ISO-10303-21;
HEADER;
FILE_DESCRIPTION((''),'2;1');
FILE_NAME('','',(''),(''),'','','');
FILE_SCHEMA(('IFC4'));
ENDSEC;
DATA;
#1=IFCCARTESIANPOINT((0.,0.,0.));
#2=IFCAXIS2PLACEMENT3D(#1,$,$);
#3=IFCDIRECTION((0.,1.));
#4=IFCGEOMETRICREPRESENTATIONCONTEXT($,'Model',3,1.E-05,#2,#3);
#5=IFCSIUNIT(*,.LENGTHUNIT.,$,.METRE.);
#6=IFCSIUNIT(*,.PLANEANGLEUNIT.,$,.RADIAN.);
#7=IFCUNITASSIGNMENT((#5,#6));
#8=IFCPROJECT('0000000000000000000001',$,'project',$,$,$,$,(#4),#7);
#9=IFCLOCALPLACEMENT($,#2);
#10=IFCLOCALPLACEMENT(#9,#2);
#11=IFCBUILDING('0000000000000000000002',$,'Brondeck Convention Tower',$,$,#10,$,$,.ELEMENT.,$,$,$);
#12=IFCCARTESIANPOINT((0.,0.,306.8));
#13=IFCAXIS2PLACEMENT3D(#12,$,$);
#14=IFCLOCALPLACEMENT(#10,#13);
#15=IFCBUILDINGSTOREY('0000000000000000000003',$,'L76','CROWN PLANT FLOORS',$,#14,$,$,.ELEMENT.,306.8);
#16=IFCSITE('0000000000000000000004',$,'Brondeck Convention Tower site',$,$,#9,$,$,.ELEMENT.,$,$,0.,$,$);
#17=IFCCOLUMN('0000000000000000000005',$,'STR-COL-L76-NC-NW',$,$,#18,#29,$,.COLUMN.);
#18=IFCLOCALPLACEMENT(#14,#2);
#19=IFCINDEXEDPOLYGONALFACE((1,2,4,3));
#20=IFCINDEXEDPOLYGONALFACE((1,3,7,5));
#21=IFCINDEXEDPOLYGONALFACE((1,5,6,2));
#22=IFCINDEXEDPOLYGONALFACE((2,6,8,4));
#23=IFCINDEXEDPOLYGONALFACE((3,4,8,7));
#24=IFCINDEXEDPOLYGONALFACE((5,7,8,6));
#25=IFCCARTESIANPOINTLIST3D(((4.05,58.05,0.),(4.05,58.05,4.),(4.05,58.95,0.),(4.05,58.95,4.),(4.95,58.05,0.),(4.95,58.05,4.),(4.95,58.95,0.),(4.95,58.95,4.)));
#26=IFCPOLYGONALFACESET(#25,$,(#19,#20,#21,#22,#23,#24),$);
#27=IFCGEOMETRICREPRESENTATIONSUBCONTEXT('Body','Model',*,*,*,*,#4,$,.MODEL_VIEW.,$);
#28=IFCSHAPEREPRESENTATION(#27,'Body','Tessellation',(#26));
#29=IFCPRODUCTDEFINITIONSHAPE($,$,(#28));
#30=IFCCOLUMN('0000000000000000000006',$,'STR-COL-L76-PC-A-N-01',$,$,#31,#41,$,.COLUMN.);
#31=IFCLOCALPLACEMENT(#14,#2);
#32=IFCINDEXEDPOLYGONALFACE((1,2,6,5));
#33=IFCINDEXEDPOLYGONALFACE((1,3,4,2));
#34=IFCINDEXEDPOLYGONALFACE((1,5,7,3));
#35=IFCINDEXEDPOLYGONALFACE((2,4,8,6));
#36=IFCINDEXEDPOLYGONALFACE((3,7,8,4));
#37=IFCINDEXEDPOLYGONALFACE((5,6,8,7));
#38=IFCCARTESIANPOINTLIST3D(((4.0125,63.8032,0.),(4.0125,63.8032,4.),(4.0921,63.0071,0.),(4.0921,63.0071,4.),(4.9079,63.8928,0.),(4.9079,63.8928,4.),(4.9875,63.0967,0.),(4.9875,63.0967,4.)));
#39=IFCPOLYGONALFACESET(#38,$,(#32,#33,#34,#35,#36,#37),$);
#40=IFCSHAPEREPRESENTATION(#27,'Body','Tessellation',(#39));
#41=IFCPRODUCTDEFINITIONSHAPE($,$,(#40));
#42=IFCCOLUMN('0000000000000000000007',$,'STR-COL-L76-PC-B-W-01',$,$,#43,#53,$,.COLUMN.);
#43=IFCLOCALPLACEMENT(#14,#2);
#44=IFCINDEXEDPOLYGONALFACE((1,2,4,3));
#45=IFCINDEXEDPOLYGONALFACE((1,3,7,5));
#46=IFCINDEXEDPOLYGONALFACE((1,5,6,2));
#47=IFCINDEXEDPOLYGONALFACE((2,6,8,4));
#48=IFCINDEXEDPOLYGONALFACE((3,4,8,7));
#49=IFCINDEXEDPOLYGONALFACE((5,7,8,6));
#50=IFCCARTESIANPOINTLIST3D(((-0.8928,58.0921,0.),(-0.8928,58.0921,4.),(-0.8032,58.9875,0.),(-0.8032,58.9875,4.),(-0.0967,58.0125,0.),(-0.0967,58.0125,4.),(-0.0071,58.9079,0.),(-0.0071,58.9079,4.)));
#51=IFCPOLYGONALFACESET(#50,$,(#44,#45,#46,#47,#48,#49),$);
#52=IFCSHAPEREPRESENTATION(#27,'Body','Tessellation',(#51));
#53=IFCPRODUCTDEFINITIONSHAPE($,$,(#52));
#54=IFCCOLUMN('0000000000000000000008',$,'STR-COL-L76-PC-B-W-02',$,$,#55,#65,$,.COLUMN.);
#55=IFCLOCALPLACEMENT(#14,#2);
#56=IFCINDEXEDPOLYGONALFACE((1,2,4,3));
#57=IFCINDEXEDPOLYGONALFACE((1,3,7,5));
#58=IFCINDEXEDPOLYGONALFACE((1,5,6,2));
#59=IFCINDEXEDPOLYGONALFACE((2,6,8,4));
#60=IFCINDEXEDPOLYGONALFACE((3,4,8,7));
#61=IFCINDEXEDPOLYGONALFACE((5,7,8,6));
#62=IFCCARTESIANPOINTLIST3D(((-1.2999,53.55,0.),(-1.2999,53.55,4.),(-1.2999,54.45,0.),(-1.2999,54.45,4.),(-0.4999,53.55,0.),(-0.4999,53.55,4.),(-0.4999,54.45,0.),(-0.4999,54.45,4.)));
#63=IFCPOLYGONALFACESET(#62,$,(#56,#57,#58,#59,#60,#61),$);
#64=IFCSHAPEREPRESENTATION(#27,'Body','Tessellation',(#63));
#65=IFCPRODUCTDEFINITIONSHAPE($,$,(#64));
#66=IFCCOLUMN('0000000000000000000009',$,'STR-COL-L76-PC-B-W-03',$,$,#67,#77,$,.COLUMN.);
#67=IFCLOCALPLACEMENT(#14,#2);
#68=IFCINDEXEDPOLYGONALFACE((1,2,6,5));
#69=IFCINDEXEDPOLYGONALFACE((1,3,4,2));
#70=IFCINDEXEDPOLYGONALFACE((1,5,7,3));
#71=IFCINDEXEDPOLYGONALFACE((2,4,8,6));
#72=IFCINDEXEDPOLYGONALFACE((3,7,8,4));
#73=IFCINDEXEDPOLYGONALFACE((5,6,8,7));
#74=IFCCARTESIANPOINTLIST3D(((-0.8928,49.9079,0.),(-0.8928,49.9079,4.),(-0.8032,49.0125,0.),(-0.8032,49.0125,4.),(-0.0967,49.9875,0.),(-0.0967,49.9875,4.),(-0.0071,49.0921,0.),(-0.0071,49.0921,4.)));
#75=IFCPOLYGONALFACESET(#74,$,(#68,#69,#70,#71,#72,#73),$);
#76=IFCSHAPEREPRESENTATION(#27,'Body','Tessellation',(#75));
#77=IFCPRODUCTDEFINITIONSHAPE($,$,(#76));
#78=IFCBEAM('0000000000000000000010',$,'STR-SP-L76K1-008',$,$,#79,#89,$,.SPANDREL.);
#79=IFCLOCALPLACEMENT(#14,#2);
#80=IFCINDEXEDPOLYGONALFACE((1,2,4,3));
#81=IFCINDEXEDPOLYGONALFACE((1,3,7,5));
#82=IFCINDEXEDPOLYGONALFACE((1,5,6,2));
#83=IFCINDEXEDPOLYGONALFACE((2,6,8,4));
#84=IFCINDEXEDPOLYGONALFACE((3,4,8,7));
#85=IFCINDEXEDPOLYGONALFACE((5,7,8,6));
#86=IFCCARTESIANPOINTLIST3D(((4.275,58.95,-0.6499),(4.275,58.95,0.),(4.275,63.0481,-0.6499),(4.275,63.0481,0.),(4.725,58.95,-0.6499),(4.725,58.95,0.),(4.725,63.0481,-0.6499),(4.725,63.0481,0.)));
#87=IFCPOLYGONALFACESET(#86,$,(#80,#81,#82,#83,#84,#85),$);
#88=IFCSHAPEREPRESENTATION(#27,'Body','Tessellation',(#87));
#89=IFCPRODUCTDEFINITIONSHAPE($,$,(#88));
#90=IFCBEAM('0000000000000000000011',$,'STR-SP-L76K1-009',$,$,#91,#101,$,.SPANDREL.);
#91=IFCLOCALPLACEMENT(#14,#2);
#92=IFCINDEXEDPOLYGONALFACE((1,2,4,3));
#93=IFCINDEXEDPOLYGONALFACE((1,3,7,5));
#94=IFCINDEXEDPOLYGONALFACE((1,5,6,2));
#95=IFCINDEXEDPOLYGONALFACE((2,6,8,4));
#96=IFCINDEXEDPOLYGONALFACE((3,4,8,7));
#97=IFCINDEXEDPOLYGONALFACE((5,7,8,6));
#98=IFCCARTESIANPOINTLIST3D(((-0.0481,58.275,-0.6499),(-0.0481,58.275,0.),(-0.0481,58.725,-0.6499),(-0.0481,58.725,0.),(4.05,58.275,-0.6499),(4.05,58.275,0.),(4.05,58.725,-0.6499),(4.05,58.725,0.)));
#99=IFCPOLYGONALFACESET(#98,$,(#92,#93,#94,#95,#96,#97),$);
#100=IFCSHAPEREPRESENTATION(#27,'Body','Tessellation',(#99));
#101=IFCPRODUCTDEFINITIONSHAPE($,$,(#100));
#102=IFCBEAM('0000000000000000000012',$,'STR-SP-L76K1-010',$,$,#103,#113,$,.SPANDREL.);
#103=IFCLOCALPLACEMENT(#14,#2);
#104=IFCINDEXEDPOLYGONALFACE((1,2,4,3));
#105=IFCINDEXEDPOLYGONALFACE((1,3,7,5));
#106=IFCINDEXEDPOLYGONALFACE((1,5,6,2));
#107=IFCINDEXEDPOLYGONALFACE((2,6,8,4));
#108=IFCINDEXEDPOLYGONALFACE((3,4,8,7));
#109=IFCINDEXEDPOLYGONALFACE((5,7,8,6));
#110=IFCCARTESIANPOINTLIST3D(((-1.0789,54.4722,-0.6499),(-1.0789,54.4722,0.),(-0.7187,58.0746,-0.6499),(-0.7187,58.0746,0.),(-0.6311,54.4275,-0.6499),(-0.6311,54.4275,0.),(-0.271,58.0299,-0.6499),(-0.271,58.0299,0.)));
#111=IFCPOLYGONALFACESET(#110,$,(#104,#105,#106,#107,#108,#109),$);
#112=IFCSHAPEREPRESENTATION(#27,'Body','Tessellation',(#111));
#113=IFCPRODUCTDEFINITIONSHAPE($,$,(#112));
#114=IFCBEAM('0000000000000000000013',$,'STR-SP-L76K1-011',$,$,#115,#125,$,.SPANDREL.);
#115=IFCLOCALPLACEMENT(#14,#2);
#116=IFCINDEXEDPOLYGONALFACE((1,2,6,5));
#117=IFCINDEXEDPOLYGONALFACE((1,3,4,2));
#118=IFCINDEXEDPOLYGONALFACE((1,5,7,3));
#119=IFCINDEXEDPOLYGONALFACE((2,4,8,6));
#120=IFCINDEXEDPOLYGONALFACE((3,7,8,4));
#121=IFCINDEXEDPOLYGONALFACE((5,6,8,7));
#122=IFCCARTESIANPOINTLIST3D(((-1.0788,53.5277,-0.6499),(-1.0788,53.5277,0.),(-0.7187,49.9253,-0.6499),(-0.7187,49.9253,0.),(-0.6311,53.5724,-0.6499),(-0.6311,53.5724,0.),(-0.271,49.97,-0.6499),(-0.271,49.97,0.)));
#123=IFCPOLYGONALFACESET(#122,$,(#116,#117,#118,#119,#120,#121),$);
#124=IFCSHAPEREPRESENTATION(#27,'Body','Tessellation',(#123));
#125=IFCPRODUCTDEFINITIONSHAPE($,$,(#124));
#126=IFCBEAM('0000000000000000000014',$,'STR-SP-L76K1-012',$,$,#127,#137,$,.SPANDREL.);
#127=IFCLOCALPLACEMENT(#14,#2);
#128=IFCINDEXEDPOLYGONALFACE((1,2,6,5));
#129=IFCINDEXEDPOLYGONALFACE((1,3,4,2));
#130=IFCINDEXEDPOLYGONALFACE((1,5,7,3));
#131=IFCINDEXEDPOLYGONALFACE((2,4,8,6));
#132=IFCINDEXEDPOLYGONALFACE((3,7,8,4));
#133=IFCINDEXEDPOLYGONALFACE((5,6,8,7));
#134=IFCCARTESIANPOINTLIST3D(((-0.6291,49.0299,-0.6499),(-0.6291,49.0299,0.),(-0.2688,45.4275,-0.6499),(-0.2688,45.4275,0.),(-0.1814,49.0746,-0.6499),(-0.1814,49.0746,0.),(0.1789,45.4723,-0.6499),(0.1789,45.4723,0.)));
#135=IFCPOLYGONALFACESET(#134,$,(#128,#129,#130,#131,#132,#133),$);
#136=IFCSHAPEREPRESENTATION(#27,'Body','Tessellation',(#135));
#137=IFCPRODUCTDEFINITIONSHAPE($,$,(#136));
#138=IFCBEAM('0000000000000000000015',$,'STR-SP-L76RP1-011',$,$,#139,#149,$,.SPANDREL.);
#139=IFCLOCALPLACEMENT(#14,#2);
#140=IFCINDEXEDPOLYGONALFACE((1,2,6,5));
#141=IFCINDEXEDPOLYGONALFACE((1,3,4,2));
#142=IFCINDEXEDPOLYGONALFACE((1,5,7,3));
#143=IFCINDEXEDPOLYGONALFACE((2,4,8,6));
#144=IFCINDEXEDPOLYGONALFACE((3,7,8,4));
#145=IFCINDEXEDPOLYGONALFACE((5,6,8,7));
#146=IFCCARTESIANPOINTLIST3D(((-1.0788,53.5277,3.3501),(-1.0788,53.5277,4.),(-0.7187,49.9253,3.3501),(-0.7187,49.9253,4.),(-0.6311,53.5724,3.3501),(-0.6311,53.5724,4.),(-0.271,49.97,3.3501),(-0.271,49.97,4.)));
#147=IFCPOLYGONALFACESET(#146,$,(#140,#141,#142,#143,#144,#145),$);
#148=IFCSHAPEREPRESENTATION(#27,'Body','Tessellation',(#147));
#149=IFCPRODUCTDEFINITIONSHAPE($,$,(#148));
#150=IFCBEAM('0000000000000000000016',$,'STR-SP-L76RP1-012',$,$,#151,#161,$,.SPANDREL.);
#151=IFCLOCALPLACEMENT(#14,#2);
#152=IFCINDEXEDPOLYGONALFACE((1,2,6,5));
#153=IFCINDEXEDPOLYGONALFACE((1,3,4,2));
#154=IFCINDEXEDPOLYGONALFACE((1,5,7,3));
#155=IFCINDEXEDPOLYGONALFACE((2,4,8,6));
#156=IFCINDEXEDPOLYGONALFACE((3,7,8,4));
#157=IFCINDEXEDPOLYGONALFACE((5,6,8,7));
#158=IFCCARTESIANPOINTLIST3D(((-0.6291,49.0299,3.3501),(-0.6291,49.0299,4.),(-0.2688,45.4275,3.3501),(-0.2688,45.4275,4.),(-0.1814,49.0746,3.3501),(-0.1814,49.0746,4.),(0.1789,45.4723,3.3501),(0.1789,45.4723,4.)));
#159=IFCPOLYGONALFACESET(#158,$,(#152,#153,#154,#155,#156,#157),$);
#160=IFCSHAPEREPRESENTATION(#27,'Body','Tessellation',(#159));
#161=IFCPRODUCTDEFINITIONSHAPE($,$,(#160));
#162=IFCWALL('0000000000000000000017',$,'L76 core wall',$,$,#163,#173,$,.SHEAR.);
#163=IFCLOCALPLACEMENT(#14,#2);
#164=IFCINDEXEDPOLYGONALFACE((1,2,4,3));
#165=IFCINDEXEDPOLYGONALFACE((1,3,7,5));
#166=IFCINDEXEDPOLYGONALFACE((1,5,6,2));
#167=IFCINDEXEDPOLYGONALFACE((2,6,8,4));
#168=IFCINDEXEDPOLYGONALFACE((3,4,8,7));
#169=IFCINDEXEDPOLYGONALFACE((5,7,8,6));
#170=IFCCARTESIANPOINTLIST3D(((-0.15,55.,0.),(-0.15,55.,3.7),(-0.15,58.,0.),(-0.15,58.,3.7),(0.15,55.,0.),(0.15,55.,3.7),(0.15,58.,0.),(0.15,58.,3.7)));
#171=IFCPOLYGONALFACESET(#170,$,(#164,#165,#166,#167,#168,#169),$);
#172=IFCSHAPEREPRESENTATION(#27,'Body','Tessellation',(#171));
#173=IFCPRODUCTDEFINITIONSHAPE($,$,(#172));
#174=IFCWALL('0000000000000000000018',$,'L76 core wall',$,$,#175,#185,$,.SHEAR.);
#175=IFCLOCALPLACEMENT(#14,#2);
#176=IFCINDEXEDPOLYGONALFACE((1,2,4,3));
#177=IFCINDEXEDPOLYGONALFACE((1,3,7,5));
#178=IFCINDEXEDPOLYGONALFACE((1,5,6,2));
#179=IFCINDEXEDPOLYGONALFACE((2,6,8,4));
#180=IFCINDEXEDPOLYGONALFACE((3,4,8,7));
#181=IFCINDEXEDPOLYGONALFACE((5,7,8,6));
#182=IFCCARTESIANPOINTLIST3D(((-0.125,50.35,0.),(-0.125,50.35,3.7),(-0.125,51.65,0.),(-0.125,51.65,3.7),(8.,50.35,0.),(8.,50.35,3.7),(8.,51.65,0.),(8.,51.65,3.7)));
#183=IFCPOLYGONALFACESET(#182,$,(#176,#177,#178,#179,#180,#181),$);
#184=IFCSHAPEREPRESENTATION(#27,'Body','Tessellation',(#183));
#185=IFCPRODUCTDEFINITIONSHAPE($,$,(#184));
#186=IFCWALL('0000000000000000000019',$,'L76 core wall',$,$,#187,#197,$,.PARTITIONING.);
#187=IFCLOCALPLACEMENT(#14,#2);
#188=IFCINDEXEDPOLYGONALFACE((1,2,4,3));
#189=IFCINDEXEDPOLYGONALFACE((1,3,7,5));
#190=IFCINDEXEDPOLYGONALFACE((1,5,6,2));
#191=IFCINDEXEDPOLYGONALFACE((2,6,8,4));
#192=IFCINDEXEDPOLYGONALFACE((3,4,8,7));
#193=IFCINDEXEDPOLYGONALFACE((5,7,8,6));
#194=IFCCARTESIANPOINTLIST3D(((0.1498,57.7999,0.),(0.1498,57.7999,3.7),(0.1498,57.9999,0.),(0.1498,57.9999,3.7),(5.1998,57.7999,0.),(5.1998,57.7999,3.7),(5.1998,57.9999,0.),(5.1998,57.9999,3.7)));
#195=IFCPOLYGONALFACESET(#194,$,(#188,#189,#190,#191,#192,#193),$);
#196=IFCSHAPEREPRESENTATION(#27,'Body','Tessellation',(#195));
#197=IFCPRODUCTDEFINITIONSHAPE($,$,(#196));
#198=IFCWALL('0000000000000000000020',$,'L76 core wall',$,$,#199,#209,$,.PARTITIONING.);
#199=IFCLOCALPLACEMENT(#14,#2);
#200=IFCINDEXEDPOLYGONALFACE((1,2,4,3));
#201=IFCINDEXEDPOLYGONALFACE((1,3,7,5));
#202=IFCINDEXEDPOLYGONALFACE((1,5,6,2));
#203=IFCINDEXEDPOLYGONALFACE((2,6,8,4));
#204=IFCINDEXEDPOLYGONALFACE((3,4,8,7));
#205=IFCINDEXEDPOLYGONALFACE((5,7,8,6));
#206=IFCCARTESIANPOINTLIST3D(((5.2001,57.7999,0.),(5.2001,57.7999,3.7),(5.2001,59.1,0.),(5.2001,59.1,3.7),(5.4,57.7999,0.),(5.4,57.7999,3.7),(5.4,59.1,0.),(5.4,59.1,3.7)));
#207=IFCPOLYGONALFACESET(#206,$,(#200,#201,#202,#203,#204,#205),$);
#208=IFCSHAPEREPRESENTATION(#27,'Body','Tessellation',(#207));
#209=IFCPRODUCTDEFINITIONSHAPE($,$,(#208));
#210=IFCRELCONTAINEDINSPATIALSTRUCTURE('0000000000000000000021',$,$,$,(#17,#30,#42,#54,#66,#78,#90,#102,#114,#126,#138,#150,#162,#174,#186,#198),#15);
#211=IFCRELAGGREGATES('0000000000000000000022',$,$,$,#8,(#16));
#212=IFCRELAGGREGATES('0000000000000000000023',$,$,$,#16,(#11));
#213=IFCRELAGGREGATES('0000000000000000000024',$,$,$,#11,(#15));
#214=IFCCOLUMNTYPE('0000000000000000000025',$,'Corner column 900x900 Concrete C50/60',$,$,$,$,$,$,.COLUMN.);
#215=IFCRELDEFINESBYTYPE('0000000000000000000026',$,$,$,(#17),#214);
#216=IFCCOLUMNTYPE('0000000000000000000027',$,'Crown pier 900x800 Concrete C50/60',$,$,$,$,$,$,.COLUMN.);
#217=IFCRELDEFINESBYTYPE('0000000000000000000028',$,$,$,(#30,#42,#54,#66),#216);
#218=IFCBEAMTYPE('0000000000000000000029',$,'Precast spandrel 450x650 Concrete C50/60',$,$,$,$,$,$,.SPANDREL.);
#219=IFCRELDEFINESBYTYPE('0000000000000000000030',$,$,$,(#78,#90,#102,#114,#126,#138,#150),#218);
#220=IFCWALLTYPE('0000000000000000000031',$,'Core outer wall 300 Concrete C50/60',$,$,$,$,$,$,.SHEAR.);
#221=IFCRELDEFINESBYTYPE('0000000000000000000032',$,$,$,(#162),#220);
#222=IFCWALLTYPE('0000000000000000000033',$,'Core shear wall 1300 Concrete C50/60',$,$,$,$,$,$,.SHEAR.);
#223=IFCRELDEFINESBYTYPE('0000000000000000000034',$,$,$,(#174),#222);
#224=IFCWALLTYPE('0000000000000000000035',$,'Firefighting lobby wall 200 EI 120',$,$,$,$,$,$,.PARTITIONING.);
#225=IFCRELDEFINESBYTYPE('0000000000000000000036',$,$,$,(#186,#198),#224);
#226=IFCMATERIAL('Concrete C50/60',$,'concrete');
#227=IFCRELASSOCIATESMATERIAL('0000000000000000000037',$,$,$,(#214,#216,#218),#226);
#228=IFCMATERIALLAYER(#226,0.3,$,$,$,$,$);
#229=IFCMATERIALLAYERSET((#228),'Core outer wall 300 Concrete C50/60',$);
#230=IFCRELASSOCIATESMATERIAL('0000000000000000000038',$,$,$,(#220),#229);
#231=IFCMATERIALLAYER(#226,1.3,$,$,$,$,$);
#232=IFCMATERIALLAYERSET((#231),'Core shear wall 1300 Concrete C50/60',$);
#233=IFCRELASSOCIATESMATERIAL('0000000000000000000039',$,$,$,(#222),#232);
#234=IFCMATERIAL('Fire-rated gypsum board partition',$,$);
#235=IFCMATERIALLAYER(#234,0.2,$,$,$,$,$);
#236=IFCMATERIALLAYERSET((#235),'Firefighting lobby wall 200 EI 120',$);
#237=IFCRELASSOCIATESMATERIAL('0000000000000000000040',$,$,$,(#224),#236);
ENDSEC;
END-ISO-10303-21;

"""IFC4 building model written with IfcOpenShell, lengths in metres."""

from ifc_helpers import new_model, si_unit, direction, frame, frame_2d, origin, origin_2d, place, context, subcontext, project, spatial, rectangle, extrude, material, layer, layer_set, material_profile, profile_set, type_object, element, save


model = new_model("IFC4")

# Units and contexts
model_context = context("Model", 3, precision=1e-05, world=origin(), true_north=direction((0.0, 1.0)))
body_context = subcontext(model_context, "Body", "Model", "MODEL_VIEW")
ifc_project = project(units=[si_unit("LENGTHUNIT", "METRE"), si_unit("PLANEANGLEUNIT", "RADIAN")], contexts=[model_context])

# Site, building, storey
site_placement = place(None, origin())
site = spatial("IfcSite", under=ifc_project, at=site_placement, Name="Brondeck Convention Tower site", CompositionType="ELEMENT", RefElevation=0.0)
building_placement = place(site_placement, origin())
building = spatial("IfcBuilding", under=site, at=building_placement, Name="Brondeck Convention Tower", CompositionType="ELEMENT")
storey_placement = place(building_placement, frame((0.0, 0.0, 306.8)))
storey = spatial("IfcBuildingStorey", under=building, at=storey_placement, Name="L76", Description="CROWN PLANT FLOORS", CompositionType="ELEMENT", Elevation=306.8)

# Columns
ifc_material_1 = material(Name="Concrete C50/60", Category="concrete")
ifc_material_profile_1 = material_profile(ifc_material_1, rectangle(XDim=0.8999, YDim=0.8999, at=origin_2d()), Name="Corner column 900x900 Concrete C50/60")
ifc_profile_set_1 = profile_set([ifc_material_profile_1], Name="Concrete C50/60")
column_type_1 = type_object("IfcColumnType", Name="Corner column 900x900 Concrete C50/60", PredefinedType="COLUMN", material=ifc_profile_set_1)
column_placement = place(storey_placement, frame((4.5, 58.5, 0.0), z_axis=(0.0, 0.0, 1.0), x_axis=(1.0, 0.0, 0.0)))
element("IfcColumn", 1, at=column_placement, inside=storey, type_object=column_type_1, Name="STR-COL-L76-NC-NW", PredefinedType="COLUMN", context=body_context, shape_type="SweptSolid", body=[
    extrude(rectangle(XDim=0.8999, YDim=0.8999, at=origin_2d()), origin(), (0.0, 0.0, 1.0), 4.0),
])
ifc_material_profile_2 = material_profile(ifc_material_1, rectangle(XDim=0.8999, YDim=0.8, at=origin_2d()), Name="Crown pier 900x800 Concrete C50/60")
ifc_profile_set_2 = profile_set([ifc_material_profile_2], Name="Concrete C50/60")
column_type_2 = type_object("IfcColumnType", Name="Crown pier 900x800 Concrete C50/60", PredefinedType="COLUMN", material=ifc_profile_set_2)
for number, where, z_axis, x_axis, name in (
    (2, (4.5, 63.45, 0.0), (0.0, 0.0, 1.0), (-0.995037, -0.099504, 0.0), "STR-COL-L76-PC-A-N-01"),
    (3, (-0.45, 58.5, 0.0), (0.0, 0.0, 1.0), (-0.099504, -0.995037, 0.0), "STR-COL-L76-PC-B-W-01"),
    (4, (-0.8999, 54.0, 0.0), (0.0, 0.0, 1.0), (0.0, -1.0, 0.0), "STR-COL-L76-PC-B-W-02"),
    (5, (-0.45, 49.5, 0.0), (0.0, 0.0, 1.0), (0.099504, -0.995037, 0.0), "STR-COL-L76-PC-B-W-03"),
):
    element("IfcColumn", number, at=place(storey_placement, frame(where, z_axis=z_axis, x_axis=x_axis)), inside=storey, type_object=column_type_2, Name=name, PredefinedType="COLUMN", context=body_context, shape_type="SweptSolid", body=[
        extrude(rectangle(XDim=0.8999, YDim=0.8, at=origin_2d()), origin(), (0.0, 0.0, 1.0), 4.0),
    ])

# Beams
ifc_material_profile_3 = material_profile(ifc_material_1, rectangle(XDim=0.45, YDim=0.6499, at=origin_2d()), Name="Precast spandrel 450x650 Concrete C50/60")
ifc_profile_set_3 = profile_set([ifc_material_profile_3], Name="Concrete C50/60")
beam_type = type_object("IfcBeamType", Name="Precast spandrel 450x650 Concrete C50/60", PredefinedType="SPANDREL", material=ifc_profile_set_3)
for number, where, z_axis, x_axis, name in (
    (6, (4.5, 63.0481, -0.325), (0.0, -1.0, 0.0), (1.0, 0.0, 0.0), "STR-SP-L76K1-008"),
    (7, (4.05, 58.5, -0.325), (-1.0, 0.0, 0.0), (0.0, -1.0, 0.0), "STR-SP-L76K1-009"),
):
    element("IfcBeam", number, at=place(storey_placement, frame(where, z_axis=z_axis, x_axis=x_axis)), inside=storey, type_object=beam_type, Name=name, PredefinedType="SPANDREL", context=body_context, shape_type="SweptSolid", body=[
        extrude(rectangle(XDim=0.45, YDim=0.6499, at=origin_2d()), origin(), (0.0, 0.0, 1.0), 4.0981),
    ])
for number, where, z_axis, x_axis, name in (
    (8, (-0.4949, 58.0522, -0.325), (-0.09947, -0.995041, 0.0), (0.995041, -0.09947, 0.0), "STR-SP-L76K1-010"),
    (9, (-0.855, 53.55, -0.325), (0.09947, -0.995041, 0.0), (0.995041, 0.09947, 0.0), "STR-SP-L76K1-011"),
    (10, (-0.4053, 49.0522, -0.325), (0.099537, -0.995034, 0.0), (0.995034, 0.099537, 0.0), "STR-SP-L76K1-012"),
    (11, (-0.855, 53.55, 3.675), (0.09947, -0.995041, 0.0), (0.995041, 0.09947, 0.0), "STR-SP-L76RP1-011"),
    (12, (-0.4053, 49.0522, 3.675), (0.099537, -0.995034, 0.0), (0.995034, 0.099537, 0.0), "STR-SP-L76RP1-012"),
):
    element("IfcBeam", number, at=place(storey_placement, frame(where, z_axis=z_axis, x_axis=x_axis)), inside=storey, type_object=beam_type, Name=name, PredefinedType="SPANDREL", context=body_context, shape_type="SweptSolid", body=[
        extrude(rectangle(XDim=0.45, YDim=0.6499, at=origin_2d()), origin(), (0.0, 0.0, 1.0), 3.6204),
    ])

# Walls
ifc_layer_1 = layer(ifc_material_1, 0.3)
ifc_layer_set_1 = layer_set([ifc_layer_1], Name="Core outer wall 300 Concrete C50/60")
wall_type_1 = type_object("IfcWallType", Name="Core outer wall 300 Concrete C50/60", PredefinedType="SHEAR", material=ifc_layer_set_1)
wall_1_placement = place(storey_placement, frame((0.0, 55.0, 0.0), z_axis=(0.0, 0.0, 1.0), x_axis=(0.0, 1.0, 0.0)))
element("IfcWall", 13, at=wall_1_placement, inside=storey, type_object=wall_type_1, Name="L76 core wall", PredefinedType="SHEAR", context=body_context, shape_type="SweptSolid", body=[
    extrude(rectangle(XDim=3.0, YDim=0.3, at=frame_2d((1.5, 0.0))), origin(), (0.0, 0.0, 1.0), 3.7),
])
ifc_layer_2 = layer(ifc_material_1, 1.3)
ifc_layer_set_2 = layer_set([ifc_layer_2], Name="Core shear wall 1300 Concrete C50/60")
wall_type_2 = type_object("IfcWallType", Name="Core shear wall 1300 Concrete C50/60", PredefinedType="SHEAR", material=ifc_layer_set_2)
wall_2_placement = place(storey_placement, frame((-0.125, 51.0, 0.0), z_axis=(0.0, 0.0, 1.0), x_axis=(1.0, 0.0, 0.0)))
element("IfcWall", 14, at=wall_2_placement, inside=storey, type_object=wall_type_2, Name="L76 core wall", PredefinedType="SHEAR", context=body_context, shape_type="SweptSolid", body=[
    extrude(rectangle(XDim=8.125, YDim=1.3, at=frame_2d((4.0625, 0.0))), origin(), (0.0, 0.0, 1.0), 3.7),
])
ifc_material_2 = material(Name="Fire-rated gypsum board partition")
ifc_layer_3 = layer(ifc_material_2, 0.2)
ifc_layer_set_3 = layer_set([ifc_layer_3], Name="Firefighting lobby wall 200 EI 120")
wall_type_3 = type_object("IfcWallType", Name="Firefighting lobby wall 200 EI 120", PredefinedType="PARTITIONING", material=ifc_layer_set_3)
wall_3_placement = place(storey_placement, frame((0.1499, 57.8999, 0.0), z_axis=(0.0, 0.0, 1.0), x_axis=(1.0, 0.0, 0.0)))
element("IfcWall", 15, at=wall_3_placement, inside=storey, type_object=wall_type_3, Name="L76 core wall", PredefinedType="PARTITIONING", context=body_context, shape_type="SweptSolid", body=[
    extrude(rectangle(XDim=5.05, YDim=0.2, at=frame_2d((2.5249, 0.0))), origin(), (0.0, 0.0, 1.0), 3.7),
])
wall_4_placement = place(storey_placement, frame((5.3, 57.8, 0.0), z_axis=(0.0, 0.0, 1.0), x_axis=(0.0, 1.0, 0.0)))
element("IfcWall", 16, at=wall_4_placement, inside=storey, type_object=wall_type_3, Name="L76 core wall", PredefinedType="PARTITIONING", context=body_context, shape_type="SweptSolid", body=[
    extrude(rectangle(XDim=1.3, YDim=0.2, at=frame_2d((0.6499, 0.0))), origin(), (0.0, 0.0, 1.0), 3.7),
])

save(model, "model.ifc")
